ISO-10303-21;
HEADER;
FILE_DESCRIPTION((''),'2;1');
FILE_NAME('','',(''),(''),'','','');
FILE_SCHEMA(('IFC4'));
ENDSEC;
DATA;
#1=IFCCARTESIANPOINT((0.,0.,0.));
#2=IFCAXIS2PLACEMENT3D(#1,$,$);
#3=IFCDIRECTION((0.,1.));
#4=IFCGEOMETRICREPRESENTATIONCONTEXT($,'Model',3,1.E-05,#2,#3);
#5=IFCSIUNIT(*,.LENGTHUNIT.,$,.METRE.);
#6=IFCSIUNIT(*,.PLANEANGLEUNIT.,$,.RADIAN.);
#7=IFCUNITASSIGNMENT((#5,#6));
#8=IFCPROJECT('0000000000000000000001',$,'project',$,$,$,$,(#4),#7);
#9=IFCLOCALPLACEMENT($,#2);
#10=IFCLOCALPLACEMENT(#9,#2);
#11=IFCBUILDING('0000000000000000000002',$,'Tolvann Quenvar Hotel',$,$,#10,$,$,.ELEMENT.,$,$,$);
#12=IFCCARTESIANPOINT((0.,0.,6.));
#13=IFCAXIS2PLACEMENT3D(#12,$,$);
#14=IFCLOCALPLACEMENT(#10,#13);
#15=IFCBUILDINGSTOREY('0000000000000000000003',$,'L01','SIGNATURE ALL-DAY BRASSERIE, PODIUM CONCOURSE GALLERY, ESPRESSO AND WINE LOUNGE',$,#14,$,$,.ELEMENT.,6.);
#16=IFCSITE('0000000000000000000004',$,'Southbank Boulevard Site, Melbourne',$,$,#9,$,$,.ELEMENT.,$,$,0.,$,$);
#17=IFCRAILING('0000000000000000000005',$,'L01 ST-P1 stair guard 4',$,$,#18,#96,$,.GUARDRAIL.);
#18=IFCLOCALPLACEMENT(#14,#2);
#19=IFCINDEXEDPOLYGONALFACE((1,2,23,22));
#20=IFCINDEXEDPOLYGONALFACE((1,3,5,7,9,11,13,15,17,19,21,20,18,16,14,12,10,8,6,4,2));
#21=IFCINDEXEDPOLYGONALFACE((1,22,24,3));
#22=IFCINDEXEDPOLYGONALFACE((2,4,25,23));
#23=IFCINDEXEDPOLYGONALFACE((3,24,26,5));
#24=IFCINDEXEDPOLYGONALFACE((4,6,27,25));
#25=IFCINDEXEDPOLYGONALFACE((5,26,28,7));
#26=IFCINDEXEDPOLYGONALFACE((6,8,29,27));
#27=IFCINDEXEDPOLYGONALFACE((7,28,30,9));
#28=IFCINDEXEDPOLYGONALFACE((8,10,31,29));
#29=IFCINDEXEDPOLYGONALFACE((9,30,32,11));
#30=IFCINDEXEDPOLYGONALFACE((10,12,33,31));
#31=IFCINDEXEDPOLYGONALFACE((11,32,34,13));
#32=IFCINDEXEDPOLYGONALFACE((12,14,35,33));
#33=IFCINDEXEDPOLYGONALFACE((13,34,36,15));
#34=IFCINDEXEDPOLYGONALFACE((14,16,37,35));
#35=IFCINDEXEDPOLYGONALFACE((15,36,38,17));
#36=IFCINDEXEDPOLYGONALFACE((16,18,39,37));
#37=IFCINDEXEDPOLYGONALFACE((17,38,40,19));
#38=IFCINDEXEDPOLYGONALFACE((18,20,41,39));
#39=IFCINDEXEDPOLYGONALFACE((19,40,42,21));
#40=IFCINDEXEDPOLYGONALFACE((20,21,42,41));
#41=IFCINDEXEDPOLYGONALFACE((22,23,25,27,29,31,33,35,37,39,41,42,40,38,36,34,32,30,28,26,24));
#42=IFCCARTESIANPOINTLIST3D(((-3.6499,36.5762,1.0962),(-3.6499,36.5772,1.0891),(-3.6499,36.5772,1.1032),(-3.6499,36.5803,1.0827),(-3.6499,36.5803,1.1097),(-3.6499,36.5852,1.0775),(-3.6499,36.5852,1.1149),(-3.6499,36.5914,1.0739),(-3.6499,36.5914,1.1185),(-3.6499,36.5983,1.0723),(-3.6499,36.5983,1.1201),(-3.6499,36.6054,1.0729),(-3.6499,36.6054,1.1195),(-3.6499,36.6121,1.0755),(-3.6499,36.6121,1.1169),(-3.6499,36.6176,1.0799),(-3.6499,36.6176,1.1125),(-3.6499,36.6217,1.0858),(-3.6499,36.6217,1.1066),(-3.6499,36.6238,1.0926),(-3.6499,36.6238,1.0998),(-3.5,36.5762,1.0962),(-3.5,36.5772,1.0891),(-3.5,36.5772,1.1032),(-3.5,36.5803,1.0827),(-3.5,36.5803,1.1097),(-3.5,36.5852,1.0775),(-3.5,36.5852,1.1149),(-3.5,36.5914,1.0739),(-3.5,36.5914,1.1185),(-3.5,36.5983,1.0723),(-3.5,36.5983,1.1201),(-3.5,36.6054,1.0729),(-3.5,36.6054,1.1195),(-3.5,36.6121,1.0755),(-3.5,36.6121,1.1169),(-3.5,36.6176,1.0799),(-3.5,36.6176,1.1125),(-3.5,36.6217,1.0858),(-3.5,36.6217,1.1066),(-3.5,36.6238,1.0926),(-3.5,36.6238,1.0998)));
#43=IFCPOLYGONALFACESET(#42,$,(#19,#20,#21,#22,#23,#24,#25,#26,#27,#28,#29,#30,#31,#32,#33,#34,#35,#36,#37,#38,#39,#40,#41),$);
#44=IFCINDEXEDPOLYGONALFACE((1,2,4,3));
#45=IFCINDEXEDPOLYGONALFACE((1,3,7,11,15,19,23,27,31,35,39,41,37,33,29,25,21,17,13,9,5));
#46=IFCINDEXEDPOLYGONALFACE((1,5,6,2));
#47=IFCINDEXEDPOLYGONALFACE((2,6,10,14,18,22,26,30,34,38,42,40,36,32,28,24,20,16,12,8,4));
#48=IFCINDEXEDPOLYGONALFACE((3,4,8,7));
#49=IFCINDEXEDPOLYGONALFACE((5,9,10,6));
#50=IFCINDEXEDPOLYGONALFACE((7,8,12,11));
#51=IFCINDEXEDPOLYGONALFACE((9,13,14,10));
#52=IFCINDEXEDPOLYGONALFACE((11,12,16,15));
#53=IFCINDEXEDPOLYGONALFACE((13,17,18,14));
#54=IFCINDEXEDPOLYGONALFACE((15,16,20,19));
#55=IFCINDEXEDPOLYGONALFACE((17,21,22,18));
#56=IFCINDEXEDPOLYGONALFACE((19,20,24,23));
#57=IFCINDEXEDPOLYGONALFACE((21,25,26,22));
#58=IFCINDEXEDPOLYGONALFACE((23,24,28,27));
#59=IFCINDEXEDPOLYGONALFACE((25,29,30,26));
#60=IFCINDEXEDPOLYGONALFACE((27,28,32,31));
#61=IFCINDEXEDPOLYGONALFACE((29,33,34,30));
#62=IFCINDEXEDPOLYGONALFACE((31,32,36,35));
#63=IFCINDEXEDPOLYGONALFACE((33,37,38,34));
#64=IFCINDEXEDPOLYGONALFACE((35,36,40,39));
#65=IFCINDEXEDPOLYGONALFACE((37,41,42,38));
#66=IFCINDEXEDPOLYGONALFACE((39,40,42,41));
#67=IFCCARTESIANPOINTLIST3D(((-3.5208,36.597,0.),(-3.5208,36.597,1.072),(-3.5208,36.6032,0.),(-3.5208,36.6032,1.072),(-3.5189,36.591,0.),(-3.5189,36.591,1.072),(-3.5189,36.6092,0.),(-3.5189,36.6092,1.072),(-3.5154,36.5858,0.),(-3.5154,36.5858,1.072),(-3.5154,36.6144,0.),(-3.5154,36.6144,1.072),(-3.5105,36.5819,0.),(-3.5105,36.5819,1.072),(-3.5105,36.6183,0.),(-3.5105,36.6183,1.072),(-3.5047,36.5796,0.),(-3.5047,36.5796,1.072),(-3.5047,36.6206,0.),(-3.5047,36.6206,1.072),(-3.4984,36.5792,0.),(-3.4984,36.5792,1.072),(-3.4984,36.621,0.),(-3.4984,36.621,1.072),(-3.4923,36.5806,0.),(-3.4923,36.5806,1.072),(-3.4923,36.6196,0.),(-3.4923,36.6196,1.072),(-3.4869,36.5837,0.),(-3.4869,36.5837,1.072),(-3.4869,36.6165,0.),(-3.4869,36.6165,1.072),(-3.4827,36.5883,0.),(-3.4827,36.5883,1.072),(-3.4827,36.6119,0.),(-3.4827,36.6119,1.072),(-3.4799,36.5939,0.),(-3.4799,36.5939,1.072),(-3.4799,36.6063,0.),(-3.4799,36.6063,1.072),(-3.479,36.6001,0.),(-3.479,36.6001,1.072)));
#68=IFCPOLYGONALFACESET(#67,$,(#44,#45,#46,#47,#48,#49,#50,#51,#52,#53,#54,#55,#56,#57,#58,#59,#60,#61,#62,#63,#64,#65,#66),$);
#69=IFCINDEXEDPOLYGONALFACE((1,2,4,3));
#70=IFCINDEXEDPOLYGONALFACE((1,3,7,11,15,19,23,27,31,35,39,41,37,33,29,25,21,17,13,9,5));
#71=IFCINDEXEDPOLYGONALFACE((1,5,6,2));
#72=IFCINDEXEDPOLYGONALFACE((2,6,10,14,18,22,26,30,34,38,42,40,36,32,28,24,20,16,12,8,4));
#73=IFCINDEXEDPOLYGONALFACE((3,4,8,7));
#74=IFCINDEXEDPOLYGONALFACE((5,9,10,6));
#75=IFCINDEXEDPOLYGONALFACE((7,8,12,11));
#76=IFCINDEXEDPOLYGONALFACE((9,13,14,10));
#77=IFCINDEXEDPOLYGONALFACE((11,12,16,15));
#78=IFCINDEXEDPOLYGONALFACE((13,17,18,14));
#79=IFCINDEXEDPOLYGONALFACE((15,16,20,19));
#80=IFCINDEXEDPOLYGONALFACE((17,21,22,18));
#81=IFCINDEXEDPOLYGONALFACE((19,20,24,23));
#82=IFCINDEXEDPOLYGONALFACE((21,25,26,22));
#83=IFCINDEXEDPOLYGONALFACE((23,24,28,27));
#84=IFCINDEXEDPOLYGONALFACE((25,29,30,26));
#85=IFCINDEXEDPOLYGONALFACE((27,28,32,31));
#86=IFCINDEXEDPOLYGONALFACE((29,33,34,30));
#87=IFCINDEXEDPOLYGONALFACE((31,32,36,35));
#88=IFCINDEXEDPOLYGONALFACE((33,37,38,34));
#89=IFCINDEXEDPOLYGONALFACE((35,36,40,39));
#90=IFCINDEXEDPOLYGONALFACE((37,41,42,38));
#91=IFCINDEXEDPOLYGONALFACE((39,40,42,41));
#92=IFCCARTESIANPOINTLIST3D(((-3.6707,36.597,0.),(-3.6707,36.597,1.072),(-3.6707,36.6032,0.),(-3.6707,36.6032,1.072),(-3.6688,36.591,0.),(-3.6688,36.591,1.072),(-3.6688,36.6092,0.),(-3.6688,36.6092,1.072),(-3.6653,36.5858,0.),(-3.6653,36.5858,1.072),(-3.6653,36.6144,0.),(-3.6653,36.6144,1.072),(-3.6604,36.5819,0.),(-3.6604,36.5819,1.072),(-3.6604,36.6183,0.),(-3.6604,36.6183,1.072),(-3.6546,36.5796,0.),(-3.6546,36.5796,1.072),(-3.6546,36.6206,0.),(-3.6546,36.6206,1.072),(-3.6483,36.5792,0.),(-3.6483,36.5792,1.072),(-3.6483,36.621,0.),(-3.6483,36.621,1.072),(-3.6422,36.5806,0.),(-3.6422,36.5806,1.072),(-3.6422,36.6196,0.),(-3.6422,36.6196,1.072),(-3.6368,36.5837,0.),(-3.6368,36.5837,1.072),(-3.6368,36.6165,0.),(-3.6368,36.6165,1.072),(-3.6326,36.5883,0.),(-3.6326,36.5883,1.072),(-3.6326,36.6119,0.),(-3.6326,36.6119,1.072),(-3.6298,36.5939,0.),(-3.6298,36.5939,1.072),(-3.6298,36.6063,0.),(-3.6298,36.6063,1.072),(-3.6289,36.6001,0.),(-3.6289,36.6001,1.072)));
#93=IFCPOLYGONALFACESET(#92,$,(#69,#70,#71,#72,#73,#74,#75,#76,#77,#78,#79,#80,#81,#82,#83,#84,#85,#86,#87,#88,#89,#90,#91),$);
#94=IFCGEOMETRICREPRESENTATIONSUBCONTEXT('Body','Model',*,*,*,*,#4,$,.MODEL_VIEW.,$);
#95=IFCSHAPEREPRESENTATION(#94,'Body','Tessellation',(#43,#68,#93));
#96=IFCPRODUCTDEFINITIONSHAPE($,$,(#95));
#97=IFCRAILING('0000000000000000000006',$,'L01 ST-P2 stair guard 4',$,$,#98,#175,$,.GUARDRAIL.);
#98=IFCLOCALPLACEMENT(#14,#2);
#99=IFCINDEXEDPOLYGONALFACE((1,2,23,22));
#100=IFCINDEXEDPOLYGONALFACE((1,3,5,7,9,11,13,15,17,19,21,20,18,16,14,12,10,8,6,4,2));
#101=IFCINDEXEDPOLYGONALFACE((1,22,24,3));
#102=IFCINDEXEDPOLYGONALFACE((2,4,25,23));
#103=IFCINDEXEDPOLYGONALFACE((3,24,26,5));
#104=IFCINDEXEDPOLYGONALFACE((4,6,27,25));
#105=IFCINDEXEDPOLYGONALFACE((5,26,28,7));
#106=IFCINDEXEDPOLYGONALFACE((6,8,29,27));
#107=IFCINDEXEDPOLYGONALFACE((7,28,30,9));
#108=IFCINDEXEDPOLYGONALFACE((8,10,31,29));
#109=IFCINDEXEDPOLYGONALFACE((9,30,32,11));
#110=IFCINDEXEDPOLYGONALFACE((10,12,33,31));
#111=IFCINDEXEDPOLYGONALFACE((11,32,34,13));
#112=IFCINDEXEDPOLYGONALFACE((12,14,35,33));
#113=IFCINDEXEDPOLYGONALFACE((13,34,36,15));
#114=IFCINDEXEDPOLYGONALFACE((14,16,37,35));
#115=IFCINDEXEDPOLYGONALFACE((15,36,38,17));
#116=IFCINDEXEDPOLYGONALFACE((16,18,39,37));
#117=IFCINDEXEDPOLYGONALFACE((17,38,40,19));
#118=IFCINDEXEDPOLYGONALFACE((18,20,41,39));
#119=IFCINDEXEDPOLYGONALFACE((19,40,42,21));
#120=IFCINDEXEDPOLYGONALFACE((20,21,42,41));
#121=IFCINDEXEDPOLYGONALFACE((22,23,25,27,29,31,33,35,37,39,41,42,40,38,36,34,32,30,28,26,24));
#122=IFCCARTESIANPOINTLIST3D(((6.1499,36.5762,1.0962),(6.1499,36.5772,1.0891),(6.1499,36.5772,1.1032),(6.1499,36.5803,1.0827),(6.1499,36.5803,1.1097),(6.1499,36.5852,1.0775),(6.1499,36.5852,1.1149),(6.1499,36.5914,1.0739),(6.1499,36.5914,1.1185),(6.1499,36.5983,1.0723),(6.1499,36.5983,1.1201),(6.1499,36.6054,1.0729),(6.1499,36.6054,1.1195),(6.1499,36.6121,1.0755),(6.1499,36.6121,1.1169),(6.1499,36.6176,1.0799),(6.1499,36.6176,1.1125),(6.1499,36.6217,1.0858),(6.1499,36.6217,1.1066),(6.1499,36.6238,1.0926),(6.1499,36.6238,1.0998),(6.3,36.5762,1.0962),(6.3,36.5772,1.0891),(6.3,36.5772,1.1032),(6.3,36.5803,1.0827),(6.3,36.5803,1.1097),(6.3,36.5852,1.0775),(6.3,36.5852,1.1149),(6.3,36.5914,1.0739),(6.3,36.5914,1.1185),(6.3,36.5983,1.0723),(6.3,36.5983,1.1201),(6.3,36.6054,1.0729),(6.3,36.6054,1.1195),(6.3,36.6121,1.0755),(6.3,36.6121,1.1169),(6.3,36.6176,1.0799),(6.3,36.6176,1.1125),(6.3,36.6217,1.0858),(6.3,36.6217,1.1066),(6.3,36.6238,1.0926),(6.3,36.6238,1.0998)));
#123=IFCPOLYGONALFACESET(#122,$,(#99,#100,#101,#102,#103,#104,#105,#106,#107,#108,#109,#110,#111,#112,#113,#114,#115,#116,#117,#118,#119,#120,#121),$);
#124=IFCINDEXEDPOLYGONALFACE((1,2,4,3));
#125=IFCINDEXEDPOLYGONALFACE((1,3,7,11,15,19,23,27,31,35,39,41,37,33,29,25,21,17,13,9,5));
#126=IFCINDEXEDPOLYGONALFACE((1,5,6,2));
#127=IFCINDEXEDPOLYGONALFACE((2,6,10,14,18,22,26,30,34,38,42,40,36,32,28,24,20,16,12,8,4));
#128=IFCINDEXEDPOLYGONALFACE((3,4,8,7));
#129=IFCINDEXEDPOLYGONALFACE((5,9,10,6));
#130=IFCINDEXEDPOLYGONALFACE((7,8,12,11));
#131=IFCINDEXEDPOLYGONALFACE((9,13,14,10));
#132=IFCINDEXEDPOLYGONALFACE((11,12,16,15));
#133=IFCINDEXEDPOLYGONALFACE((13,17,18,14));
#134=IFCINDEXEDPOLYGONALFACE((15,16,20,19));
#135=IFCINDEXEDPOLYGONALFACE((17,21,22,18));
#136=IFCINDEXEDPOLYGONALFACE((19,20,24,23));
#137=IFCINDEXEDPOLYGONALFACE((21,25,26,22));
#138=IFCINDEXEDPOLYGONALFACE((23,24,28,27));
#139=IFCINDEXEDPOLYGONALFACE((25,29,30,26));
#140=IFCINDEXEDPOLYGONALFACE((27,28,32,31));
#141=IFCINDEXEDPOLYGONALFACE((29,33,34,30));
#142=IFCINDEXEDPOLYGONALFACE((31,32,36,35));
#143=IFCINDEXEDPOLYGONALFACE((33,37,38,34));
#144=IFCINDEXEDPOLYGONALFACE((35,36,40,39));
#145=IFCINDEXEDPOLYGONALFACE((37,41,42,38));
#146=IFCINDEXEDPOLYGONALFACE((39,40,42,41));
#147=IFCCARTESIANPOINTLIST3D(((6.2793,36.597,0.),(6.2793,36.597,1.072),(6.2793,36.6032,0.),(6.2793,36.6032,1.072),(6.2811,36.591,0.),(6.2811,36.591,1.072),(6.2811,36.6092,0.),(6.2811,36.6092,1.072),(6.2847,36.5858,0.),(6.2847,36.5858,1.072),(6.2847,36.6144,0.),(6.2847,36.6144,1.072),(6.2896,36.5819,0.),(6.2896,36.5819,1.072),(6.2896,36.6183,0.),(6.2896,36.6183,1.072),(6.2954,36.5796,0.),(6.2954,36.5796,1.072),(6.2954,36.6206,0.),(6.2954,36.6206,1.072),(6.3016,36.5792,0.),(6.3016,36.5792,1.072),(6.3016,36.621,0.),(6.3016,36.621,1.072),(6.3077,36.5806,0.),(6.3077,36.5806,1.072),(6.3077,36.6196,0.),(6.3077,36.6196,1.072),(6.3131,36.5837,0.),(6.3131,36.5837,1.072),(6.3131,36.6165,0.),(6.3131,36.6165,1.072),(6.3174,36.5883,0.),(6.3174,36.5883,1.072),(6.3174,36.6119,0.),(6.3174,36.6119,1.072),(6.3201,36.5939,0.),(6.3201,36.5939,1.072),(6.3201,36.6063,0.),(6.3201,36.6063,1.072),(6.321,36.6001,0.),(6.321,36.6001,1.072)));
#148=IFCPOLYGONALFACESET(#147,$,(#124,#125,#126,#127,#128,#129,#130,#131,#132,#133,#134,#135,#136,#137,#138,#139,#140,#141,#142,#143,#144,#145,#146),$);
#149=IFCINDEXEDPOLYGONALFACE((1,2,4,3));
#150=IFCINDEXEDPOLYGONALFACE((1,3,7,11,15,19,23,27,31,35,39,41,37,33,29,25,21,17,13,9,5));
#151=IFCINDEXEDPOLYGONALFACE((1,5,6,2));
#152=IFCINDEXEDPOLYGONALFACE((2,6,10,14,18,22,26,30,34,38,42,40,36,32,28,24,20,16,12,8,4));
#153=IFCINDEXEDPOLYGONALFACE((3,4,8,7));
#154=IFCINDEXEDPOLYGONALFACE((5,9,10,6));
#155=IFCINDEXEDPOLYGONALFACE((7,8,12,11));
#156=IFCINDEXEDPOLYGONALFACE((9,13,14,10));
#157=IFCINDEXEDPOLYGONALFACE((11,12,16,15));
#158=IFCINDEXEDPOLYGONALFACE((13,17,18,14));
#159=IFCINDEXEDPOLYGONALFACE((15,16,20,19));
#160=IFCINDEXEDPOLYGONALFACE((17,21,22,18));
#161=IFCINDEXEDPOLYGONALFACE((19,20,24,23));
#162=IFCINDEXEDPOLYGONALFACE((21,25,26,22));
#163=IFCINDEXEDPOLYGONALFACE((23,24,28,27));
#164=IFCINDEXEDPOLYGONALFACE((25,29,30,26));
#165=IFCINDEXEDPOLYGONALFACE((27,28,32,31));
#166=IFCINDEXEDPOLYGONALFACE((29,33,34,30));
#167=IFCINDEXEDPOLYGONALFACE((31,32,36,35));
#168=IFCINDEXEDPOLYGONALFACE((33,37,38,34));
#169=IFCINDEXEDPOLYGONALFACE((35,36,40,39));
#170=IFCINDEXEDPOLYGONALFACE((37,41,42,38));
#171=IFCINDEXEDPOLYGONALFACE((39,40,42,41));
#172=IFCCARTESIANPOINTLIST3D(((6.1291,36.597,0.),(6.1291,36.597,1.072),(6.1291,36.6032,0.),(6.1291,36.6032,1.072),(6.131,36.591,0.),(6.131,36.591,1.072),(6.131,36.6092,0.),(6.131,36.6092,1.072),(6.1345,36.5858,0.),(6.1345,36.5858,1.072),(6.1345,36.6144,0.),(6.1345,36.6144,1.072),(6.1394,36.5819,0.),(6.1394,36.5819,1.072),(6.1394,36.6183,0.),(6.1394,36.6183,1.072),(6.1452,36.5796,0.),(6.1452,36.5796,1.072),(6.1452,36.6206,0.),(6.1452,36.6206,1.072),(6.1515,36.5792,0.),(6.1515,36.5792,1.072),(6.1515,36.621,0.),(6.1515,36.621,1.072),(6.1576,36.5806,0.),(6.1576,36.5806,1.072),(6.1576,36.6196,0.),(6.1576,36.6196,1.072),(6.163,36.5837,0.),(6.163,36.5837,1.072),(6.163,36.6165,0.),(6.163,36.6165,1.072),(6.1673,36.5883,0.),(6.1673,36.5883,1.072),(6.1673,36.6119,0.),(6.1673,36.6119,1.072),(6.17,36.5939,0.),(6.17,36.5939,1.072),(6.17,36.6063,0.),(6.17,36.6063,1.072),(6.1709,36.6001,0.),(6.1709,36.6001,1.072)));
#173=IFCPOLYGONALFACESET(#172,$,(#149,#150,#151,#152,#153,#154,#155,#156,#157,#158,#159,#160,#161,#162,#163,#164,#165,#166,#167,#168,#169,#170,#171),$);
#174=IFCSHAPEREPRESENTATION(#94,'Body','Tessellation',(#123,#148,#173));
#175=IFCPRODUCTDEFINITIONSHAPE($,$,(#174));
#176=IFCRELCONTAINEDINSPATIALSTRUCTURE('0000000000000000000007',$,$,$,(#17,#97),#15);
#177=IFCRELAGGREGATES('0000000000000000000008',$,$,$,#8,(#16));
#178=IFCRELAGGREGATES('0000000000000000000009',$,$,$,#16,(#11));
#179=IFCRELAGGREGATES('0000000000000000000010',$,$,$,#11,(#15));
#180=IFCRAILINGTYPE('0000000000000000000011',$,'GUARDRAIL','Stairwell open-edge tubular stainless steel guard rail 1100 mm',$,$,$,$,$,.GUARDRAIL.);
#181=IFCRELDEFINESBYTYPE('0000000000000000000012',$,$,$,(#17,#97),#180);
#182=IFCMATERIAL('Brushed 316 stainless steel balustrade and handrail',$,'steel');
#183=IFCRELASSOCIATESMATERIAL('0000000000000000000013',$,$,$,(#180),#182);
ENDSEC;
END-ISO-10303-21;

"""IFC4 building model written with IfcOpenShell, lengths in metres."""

from ifc_helpers import new_model, si_unit, direction, frame, origin, origin_2d, place, context, subcontext, project, spatial, circle, extrude, material, type_object, element, save


model = new_model("IFC4")

# Units and contexts
model_context = context("Model", 3, precision=1e-05, world=origin(), true_north=direction((0.0, 1.0)))
body_context = subcontext(model_context, "Body", "Model", "MODEL_VIEW")
ifc_project = project(units=[si_unit("LENGTHUNIT", "METRE"), si_unit("PLANEANGLEUNIT", "RADIAN")], contexts=[model_context])

# Site, building, storey
site_placement = place(None, origin())
site = spatial("IfcSite", under=ifc_project, at=site_placement, Name="Southbank Boulevard Site, Melbourne", CompositionType="ELEMENT", RefElevation=0.0)
building_placement = place(site_placement, origin())
building = spatial("IfcBuilding", under=site, at=building_placement, Name="Tolvann Quenvar Hotel", CompositionType="ELEMENT")
storey_placement = place(building_placement, frame((0.0, 0.0, 6.0)))
storey = spatial("IfcBuildingStorey", under=building, at=storey_placement, Name="L01", Description="SIGNATURE ALL-DAY BRASSERIE, PODIUM CONCOURSE GALLERY, ESPRESSO AND WINE LOUNGE", CompositionType="ELEMENT", Elevation=6.0)

# Railings
ifc_material_1 = material(Name="Brushed 316 stainless steel balustrade and handrail", Category="steel")
railing_type = type_object("IfcRailingType", Name="GUARDRAIL", Description="Stairwell open-edge tubular stainless steel guard rail 1100 mm", PredefinedType="GUARDRAIL", material=ifc_material_1)
railing_1_placement = place(storey_placement, frame((-3.5, 36.6001, 0.0)))
element("IfcRailing", 1, at=railing_1_placement, inside=storey, type_object=railing_type, Name="L01 ST-P1 stair guard 4", PredefinedType="GUARDRAIL", context=body_context, shape_type="SweptSolid", body=[
    extrude(circle(Radius=0.0239, at=origin_2d()), frame((0.0, 0.0, 1.0962), z_axis=(-1.0, 0.0, 0.0), x_axis=(0.0, -1.0, 0.0)), (0.0, 0.0, 1.0), 0.1499),
    extrude(circle(Radius=0.021, at=origin_2d()), origin(), (0.0, 0.0, 1.0), 1.072),
    extrude(circle(Radius=0.021, at=origin_2d()), frame((-0.1499, 0.0, 0.0)), (0.0, 0.0, 1.0), 1.072),
])
railing_2_placement = place(storey_placement, frame((6.3, 36.6001, 0.0)))
element("IfcRailing", 2, at=railing_2_placement, inside=storey, type_object=railing_type, Name="L01 ST-P2 stair guard 4", PredefinedType="GUARDRAIL", context=body_context, shape_type="SweptSolid", body=[
    extrude(circle(Radius=0.0239, at=origin_2d()), frame((0.0, 0.0, 1.0962), z_axis=(-1.0, 0.0, 0.0), x_axis=(0.0, -1.0, 0.0)), (0.0, 0.0, 1.0), 0.1501),
    extrude(circle(Radius=0.021, at=origin_2d()), origin(), (0.0, 0.0, 1.0), 1.072),
    extrude(circle(Radius=0.021, at=origin_2d()), frame((-0.1501, 0.0, 0.0)), (0.0, 0.0, 1.0), 1.072),
])

save(model, "model.ifc")
